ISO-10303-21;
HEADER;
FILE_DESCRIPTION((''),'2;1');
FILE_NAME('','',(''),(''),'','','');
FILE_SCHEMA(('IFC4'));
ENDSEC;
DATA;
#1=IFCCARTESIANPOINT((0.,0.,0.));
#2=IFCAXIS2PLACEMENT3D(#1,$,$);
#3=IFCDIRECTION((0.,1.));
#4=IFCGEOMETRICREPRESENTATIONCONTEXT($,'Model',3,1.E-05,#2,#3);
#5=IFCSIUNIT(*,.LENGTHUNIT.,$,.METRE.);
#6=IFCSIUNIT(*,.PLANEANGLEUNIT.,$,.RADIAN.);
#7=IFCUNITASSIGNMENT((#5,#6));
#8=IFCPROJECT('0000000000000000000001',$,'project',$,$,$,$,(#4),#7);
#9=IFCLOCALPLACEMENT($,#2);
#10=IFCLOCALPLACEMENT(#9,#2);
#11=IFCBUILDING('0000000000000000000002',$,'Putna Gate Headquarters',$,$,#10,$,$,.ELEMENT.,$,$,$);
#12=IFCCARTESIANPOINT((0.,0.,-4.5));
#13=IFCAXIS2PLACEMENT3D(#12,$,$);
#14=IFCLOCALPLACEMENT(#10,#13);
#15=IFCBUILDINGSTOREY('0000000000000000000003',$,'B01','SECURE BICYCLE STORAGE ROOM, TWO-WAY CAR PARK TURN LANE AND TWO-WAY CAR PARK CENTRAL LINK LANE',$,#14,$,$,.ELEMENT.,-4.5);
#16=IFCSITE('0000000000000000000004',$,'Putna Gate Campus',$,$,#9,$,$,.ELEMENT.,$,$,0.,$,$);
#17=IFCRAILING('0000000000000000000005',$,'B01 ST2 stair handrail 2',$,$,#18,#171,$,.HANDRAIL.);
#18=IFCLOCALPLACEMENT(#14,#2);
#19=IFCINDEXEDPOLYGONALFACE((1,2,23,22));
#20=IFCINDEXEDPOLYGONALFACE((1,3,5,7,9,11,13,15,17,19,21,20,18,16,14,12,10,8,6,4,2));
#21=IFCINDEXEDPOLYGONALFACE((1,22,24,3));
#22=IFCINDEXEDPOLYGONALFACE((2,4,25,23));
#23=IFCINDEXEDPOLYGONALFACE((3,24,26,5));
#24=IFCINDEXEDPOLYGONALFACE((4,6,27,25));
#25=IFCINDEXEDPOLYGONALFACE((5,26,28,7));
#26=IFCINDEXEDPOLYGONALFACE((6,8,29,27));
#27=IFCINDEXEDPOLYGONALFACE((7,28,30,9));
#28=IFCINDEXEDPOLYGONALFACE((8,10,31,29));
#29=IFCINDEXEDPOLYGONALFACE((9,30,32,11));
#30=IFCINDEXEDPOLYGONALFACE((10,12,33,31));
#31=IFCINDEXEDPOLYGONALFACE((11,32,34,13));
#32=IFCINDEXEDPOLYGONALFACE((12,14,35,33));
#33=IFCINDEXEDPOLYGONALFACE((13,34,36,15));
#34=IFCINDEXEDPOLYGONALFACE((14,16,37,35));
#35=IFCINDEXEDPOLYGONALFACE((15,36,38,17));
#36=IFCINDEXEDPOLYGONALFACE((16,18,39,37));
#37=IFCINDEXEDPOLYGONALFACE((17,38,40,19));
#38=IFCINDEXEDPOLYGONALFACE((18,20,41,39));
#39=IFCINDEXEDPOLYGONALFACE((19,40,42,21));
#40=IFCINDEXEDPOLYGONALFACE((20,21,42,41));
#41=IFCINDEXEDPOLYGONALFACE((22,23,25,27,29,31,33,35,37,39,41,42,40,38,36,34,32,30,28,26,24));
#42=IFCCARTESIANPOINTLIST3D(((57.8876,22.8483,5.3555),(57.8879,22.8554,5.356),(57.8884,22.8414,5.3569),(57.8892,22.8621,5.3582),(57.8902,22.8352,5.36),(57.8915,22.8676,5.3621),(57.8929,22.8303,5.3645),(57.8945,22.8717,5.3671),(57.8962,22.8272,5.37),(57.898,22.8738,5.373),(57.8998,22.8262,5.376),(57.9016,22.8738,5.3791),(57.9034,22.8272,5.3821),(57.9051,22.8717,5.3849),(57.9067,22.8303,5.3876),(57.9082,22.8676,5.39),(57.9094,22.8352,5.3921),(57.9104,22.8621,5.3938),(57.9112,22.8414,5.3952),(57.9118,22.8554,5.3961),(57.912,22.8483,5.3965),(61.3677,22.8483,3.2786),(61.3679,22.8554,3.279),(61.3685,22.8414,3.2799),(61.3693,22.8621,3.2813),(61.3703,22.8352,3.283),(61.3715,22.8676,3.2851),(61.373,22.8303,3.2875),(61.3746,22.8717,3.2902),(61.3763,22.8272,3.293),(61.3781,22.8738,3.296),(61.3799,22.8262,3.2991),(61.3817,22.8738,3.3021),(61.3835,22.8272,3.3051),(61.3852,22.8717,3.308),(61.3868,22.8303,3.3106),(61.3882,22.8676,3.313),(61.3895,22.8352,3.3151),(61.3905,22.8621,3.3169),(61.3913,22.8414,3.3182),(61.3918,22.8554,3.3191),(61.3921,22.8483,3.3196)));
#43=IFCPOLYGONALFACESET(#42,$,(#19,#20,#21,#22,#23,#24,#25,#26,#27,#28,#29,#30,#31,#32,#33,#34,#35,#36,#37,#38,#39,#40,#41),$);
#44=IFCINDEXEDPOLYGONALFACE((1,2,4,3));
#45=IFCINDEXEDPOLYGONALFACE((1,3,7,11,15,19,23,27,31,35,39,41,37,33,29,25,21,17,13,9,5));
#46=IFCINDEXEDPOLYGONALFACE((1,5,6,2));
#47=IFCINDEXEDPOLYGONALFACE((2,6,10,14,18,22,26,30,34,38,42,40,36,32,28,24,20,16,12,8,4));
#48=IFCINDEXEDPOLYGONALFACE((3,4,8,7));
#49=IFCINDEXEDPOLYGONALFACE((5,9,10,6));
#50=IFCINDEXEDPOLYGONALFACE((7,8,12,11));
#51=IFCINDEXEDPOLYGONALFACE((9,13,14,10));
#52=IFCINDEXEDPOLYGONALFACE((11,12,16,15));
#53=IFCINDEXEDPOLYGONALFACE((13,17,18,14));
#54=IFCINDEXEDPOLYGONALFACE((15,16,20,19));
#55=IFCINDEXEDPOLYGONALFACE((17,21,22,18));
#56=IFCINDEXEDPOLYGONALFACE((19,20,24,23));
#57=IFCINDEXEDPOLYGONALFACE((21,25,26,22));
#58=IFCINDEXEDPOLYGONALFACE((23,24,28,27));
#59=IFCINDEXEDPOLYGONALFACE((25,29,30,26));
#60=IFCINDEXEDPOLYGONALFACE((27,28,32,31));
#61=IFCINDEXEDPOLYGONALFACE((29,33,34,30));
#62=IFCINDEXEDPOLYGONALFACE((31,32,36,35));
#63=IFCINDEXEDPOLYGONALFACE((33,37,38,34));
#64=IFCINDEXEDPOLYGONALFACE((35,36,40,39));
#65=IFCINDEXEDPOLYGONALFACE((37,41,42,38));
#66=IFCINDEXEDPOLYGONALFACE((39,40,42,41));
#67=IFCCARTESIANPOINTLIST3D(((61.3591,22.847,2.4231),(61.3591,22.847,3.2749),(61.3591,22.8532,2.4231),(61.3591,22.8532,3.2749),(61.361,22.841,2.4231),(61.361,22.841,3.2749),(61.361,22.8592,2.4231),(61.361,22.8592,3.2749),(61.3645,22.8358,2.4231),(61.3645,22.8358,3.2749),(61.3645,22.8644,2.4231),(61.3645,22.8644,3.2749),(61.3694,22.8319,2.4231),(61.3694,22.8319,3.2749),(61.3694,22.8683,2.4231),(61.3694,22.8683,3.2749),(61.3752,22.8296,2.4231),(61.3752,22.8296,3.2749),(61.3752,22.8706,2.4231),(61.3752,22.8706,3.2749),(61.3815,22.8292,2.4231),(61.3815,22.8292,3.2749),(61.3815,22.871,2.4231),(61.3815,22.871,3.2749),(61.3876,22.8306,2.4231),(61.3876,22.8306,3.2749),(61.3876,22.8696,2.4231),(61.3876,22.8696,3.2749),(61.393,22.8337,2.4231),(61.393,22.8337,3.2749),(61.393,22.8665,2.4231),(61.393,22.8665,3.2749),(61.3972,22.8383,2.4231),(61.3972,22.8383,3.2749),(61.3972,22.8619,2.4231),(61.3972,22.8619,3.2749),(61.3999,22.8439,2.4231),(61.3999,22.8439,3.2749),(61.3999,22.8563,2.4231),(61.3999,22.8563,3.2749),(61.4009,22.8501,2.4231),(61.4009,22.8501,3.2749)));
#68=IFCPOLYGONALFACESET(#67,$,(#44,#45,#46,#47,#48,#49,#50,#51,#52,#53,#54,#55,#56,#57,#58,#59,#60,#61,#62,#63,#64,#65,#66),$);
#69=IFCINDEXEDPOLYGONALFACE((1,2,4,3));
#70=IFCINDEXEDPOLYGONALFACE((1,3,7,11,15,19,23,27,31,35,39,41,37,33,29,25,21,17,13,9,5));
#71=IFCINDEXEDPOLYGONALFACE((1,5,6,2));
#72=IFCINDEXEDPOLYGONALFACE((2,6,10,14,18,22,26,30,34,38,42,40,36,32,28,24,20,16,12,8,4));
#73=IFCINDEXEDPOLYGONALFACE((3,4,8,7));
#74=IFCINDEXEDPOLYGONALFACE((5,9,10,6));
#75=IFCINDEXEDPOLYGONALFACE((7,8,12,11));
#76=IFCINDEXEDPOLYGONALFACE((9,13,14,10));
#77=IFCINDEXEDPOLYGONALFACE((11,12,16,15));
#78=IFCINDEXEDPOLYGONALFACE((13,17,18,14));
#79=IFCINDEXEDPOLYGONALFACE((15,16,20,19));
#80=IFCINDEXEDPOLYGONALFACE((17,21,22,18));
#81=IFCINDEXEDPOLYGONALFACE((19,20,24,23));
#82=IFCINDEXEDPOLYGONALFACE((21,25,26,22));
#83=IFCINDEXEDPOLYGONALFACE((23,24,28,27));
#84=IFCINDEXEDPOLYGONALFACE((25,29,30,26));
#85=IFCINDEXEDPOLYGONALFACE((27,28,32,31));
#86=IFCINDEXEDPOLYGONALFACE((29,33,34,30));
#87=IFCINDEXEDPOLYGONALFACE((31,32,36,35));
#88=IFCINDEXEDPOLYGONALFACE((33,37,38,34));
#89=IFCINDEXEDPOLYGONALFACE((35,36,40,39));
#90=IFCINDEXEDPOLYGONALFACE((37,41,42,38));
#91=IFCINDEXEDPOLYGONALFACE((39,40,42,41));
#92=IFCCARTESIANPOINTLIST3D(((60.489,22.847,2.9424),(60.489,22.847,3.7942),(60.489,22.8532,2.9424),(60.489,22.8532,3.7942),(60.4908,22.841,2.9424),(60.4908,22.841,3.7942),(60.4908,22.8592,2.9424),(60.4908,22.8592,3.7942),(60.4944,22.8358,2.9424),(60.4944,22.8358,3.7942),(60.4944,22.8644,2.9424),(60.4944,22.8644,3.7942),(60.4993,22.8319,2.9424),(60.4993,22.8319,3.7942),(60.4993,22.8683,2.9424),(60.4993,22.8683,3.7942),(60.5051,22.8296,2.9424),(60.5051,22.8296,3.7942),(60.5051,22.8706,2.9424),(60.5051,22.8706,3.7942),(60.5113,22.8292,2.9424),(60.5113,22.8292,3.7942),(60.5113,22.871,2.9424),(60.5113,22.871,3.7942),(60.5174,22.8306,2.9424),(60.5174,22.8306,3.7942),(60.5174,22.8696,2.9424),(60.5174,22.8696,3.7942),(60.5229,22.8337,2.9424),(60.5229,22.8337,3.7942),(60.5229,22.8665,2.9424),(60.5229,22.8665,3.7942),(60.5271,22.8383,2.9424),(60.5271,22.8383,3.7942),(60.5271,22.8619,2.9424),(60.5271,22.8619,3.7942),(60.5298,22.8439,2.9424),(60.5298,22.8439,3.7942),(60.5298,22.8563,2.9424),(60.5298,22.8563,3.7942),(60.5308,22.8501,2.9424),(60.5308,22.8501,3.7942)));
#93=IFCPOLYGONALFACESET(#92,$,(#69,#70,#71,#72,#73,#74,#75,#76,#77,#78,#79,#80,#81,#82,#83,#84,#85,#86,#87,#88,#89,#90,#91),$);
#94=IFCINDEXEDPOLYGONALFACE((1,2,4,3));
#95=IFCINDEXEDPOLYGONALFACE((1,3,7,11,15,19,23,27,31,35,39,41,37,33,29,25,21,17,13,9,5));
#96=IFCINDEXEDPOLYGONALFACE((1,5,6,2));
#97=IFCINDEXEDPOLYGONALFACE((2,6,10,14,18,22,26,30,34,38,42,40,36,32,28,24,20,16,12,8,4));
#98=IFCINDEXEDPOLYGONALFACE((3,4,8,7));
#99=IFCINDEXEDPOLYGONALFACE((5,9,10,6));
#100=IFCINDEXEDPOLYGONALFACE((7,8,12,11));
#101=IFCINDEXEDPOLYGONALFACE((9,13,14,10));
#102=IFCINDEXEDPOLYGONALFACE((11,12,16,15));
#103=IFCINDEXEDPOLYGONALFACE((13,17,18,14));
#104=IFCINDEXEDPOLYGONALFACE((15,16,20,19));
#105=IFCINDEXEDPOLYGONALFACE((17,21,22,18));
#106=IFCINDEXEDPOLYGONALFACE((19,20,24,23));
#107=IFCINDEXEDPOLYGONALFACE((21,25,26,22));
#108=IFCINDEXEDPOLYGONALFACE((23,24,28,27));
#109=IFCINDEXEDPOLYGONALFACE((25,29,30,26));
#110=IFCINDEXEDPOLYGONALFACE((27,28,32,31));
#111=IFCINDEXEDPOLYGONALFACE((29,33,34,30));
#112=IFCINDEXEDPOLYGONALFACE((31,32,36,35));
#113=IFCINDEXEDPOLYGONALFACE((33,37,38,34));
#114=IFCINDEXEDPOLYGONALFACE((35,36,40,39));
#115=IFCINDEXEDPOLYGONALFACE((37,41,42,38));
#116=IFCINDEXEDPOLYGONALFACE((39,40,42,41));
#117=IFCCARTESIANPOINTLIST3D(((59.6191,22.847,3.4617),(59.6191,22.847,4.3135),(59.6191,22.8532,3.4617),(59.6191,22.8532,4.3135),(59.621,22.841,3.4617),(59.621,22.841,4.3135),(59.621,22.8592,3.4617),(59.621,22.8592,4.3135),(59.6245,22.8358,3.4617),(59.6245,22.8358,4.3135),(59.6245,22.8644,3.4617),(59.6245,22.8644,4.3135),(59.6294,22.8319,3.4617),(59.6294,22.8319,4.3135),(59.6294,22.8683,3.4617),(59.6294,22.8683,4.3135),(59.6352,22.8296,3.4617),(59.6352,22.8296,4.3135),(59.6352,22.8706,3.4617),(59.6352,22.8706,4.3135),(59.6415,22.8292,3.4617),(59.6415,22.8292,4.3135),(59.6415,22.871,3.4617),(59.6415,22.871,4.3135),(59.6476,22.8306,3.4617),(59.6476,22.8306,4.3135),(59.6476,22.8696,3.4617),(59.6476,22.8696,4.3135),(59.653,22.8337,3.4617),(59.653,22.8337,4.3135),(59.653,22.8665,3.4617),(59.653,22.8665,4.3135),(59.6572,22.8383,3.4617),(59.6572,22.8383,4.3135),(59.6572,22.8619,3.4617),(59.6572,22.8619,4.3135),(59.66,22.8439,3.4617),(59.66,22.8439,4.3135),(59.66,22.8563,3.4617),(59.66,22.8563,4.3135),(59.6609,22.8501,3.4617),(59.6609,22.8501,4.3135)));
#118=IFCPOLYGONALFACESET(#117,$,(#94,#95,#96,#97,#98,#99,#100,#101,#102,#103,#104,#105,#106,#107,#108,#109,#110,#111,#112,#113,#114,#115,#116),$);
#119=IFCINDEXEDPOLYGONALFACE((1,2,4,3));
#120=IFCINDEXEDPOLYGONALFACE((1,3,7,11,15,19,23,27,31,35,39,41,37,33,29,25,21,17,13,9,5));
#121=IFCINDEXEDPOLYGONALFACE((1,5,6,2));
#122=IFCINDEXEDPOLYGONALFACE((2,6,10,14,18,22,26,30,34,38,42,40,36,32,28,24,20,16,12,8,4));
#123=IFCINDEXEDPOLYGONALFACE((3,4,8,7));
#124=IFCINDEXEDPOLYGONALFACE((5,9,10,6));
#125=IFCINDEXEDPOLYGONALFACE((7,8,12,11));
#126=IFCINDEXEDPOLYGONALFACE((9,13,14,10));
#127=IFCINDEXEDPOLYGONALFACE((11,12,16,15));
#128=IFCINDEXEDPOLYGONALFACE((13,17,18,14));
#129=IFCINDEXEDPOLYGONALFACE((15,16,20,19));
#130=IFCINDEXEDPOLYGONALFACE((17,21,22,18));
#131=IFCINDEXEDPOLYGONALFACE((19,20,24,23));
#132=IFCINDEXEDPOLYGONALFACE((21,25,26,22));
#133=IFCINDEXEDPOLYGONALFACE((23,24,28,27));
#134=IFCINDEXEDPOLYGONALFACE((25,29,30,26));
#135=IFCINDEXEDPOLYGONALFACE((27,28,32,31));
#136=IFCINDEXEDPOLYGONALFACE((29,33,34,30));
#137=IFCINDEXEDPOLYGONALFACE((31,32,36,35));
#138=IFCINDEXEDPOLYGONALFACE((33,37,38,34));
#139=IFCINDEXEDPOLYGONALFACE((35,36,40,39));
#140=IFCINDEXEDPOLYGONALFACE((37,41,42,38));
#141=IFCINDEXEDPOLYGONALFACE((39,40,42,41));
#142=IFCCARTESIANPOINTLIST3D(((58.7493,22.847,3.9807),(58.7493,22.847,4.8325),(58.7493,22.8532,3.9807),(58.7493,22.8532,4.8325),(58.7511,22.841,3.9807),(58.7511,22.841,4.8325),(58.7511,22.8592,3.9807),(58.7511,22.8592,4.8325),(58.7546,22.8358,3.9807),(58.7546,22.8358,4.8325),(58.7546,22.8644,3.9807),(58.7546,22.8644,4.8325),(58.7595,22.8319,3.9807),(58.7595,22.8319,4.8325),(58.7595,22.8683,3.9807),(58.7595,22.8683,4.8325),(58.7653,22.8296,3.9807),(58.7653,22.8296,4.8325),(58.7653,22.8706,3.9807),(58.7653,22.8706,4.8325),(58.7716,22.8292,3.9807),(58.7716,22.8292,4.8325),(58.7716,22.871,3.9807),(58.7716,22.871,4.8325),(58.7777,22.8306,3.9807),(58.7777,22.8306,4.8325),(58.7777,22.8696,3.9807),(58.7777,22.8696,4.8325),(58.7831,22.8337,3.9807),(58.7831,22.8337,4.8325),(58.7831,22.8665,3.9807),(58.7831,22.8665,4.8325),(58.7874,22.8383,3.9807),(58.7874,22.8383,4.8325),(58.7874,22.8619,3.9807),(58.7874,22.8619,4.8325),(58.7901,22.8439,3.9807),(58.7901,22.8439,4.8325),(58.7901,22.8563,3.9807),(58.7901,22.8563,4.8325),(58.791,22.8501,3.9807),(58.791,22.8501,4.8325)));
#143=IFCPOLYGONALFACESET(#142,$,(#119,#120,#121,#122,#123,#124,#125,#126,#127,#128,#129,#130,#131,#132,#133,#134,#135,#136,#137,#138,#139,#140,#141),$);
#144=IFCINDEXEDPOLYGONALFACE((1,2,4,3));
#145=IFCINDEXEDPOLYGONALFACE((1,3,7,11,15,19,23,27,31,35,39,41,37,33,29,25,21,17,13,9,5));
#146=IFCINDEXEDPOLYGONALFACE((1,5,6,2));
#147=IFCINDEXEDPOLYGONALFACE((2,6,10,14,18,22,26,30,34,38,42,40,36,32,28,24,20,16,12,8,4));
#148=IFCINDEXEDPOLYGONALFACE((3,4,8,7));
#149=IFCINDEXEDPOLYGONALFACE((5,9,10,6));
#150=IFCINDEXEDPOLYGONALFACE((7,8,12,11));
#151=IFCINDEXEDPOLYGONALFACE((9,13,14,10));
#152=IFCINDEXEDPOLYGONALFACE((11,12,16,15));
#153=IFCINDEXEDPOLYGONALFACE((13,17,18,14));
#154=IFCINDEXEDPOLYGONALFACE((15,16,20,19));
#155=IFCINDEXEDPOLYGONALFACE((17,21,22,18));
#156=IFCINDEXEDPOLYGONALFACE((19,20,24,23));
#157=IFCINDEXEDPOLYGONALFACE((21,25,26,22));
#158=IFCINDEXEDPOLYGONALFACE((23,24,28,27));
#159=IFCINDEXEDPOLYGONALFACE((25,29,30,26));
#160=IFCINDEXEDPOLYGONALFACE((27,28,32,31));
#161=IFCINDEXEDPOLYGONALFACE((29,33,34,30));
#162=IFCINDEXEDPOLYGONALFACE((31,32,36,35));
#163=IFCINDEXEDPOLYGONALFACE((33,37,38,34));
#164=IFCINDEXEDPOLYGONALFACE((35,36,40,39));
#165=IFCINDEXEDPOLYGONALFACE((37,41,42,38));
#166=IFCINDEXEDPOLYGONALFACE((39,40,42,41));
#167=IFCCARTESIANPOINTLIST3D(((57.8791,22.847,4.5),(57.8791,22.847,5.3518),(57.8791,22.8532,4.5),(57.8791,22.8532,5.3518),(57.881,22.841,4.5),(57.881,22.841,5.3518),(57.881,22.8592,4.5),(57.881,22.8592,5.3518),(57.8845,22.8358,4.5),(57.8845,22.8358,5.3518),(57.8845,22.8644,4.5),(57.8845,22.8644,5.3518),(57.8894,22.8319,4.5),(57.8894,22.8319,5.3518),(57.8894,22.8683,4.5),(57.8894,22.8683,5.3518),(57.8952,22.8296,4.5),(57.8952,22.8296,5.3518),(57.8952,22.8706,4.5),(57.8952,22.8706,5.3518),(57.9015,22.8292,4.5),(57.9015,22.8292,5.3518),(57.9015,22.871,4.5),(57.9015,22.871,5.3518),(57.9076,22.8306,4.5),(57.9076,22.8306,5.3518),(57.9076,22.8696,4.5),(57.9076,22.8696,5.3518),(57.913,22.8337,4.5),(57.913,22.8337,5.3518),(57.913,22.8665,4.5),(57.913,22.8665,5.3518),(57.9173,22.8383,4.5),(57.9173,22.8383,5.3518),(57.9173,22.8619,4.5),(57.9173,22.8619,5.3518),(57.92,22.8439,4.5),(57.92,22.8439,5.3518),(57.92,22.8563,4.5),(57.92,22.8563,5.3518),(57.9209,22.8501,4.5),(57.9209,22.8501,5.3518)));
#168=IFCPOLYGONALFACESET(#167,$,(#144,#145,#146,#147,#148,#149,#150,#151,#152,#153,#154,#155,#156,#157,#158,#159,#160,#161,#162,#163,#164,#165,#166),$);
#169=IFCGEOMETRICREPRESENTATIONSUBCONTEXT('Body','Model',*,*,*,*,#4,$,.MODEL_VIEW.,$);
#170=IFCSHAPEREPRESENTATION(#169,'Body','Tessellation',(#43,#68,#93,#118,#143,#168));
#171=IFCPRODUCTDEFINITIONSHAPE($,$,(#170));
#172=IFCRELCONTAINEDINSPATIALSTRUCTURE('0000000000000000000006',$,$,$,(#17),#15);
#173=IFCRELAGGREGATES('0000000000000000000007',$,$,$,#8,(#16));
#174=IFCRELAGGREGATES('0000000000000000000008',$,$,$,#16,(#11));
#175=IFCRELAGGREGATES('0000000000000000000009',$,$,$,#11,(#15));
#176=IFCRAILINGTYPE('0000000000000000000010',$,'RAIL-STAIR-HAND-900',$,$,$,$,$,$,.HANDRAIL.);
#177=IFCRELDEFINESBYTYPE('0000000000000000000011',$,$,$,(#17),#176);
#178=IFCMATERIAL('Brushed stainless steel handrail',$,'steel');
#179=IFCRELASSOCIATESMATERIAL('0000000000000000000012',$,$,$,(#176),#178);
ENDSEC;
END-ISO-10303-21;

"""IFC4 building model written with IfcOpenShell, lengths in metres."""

from ifc_helpers import new_model, si_unit, direction, frame, origin, origin_2d, place, context, subcontext, project, spatial, circle, extrude, material, type_object, element, save


model = new_model("IFC4")

# Units and contexts
model_context = context("Model", 3, precision=1e-05, world=origin(), true_north=direction((0.0, 1.0)))
body_context = subcontext(model_context, "Body", "Model", "MODEL_VIEW")
ifc_project = project(units=[si_unit("LENGTHUNIT", "METRE"), si_unit("PLANEANGLEUNIT", "RADIAN")], contexts=[model_context])

# Site, building, storey
site_placement = place(None, origin())
site = spatial("IfcSite", under=ifc_project, at=site_placement, Name="Putna Gate Campus", CompositionType="ELEMENT", RefElevation=0.0)
building_placement = place(site_placement, origin())
building = spatial("IfcBuilding", under=site, at=building_placement, Name="Putna Gate Headquarters", CompositionType="ELEMENT")
storey_placement = place(building_placement, frame((0.0, 0.0, -4.5)))
storey = spatial("IfcBuildingStorey", under=building, at=storey_placement, Name="B01", Description="SECURE BICYCLE STORAGE ROOM, TWO-WAY CAR PARK TURN LANE AND TWO-WAY CAR PARK CENTRAL LINK LANE", CompositionType="ELEMENT", Elevation=-4.5)

# Railing
ifc_material_1 = material(Name="Brushed stainless steel handrail", Category="steel")
railing_type_1 = type_object("IfcRailingType", Name="RAIL-STAIR-HAND-900", PredefinedType="HANDRAIL", material=ifc_material_1)
railing_1_placement = place(storey_placement, frame((61.3799, 22.8501, 2.4231)))
element("IfcRailing", 1, at=railing_1_placement, inside=storey, type_object=railing_type_1, Name="B01 ST2 stair handrail 2", PredefinedType="HANDRAIL", context=body_context, shape_type="SweptSolid", body=[
    extrude(circle(Radius=0.0239, at=origin_2d()), frame((0.0, 0.0, 0.876), z_axis=(-0.858697, 0.0, 0.512483), x_axis=(0.0, -1.0, 0.0)), (0.0, 0.0, 1.0), 4.0527),
    extrude(circle(Radius=0.021, at=origin_2d()), origin(), (0.0, 0.0, 1.0), 0.8518),
    extrude(circle(Radius=0.021, at=origin_2d()), frame((-0.8701, 0.0, 0.5193)), (0.0, 0.0, 1.0), 0.8518),
    extrude(circle(Radius=0.021, at=origin_2d()), frame((-1.74, 0.0, 1.0386)), (0.0, 0.0, 1.0), 0.8518),
    extrude(circle(Radius=0.021, at=origin_2d()), frame((-2.6099, 0.0, 1.5576)), (0.0, 0.0, 1.0), 0.8518),
    extrude(circle(Radius=0.021, at=origin_2d()), frame((-3.48, 0.0, 2.0769)), (0.0, 0.0, 1.0), 0.8518),
])

save(model, "model.ifc")
